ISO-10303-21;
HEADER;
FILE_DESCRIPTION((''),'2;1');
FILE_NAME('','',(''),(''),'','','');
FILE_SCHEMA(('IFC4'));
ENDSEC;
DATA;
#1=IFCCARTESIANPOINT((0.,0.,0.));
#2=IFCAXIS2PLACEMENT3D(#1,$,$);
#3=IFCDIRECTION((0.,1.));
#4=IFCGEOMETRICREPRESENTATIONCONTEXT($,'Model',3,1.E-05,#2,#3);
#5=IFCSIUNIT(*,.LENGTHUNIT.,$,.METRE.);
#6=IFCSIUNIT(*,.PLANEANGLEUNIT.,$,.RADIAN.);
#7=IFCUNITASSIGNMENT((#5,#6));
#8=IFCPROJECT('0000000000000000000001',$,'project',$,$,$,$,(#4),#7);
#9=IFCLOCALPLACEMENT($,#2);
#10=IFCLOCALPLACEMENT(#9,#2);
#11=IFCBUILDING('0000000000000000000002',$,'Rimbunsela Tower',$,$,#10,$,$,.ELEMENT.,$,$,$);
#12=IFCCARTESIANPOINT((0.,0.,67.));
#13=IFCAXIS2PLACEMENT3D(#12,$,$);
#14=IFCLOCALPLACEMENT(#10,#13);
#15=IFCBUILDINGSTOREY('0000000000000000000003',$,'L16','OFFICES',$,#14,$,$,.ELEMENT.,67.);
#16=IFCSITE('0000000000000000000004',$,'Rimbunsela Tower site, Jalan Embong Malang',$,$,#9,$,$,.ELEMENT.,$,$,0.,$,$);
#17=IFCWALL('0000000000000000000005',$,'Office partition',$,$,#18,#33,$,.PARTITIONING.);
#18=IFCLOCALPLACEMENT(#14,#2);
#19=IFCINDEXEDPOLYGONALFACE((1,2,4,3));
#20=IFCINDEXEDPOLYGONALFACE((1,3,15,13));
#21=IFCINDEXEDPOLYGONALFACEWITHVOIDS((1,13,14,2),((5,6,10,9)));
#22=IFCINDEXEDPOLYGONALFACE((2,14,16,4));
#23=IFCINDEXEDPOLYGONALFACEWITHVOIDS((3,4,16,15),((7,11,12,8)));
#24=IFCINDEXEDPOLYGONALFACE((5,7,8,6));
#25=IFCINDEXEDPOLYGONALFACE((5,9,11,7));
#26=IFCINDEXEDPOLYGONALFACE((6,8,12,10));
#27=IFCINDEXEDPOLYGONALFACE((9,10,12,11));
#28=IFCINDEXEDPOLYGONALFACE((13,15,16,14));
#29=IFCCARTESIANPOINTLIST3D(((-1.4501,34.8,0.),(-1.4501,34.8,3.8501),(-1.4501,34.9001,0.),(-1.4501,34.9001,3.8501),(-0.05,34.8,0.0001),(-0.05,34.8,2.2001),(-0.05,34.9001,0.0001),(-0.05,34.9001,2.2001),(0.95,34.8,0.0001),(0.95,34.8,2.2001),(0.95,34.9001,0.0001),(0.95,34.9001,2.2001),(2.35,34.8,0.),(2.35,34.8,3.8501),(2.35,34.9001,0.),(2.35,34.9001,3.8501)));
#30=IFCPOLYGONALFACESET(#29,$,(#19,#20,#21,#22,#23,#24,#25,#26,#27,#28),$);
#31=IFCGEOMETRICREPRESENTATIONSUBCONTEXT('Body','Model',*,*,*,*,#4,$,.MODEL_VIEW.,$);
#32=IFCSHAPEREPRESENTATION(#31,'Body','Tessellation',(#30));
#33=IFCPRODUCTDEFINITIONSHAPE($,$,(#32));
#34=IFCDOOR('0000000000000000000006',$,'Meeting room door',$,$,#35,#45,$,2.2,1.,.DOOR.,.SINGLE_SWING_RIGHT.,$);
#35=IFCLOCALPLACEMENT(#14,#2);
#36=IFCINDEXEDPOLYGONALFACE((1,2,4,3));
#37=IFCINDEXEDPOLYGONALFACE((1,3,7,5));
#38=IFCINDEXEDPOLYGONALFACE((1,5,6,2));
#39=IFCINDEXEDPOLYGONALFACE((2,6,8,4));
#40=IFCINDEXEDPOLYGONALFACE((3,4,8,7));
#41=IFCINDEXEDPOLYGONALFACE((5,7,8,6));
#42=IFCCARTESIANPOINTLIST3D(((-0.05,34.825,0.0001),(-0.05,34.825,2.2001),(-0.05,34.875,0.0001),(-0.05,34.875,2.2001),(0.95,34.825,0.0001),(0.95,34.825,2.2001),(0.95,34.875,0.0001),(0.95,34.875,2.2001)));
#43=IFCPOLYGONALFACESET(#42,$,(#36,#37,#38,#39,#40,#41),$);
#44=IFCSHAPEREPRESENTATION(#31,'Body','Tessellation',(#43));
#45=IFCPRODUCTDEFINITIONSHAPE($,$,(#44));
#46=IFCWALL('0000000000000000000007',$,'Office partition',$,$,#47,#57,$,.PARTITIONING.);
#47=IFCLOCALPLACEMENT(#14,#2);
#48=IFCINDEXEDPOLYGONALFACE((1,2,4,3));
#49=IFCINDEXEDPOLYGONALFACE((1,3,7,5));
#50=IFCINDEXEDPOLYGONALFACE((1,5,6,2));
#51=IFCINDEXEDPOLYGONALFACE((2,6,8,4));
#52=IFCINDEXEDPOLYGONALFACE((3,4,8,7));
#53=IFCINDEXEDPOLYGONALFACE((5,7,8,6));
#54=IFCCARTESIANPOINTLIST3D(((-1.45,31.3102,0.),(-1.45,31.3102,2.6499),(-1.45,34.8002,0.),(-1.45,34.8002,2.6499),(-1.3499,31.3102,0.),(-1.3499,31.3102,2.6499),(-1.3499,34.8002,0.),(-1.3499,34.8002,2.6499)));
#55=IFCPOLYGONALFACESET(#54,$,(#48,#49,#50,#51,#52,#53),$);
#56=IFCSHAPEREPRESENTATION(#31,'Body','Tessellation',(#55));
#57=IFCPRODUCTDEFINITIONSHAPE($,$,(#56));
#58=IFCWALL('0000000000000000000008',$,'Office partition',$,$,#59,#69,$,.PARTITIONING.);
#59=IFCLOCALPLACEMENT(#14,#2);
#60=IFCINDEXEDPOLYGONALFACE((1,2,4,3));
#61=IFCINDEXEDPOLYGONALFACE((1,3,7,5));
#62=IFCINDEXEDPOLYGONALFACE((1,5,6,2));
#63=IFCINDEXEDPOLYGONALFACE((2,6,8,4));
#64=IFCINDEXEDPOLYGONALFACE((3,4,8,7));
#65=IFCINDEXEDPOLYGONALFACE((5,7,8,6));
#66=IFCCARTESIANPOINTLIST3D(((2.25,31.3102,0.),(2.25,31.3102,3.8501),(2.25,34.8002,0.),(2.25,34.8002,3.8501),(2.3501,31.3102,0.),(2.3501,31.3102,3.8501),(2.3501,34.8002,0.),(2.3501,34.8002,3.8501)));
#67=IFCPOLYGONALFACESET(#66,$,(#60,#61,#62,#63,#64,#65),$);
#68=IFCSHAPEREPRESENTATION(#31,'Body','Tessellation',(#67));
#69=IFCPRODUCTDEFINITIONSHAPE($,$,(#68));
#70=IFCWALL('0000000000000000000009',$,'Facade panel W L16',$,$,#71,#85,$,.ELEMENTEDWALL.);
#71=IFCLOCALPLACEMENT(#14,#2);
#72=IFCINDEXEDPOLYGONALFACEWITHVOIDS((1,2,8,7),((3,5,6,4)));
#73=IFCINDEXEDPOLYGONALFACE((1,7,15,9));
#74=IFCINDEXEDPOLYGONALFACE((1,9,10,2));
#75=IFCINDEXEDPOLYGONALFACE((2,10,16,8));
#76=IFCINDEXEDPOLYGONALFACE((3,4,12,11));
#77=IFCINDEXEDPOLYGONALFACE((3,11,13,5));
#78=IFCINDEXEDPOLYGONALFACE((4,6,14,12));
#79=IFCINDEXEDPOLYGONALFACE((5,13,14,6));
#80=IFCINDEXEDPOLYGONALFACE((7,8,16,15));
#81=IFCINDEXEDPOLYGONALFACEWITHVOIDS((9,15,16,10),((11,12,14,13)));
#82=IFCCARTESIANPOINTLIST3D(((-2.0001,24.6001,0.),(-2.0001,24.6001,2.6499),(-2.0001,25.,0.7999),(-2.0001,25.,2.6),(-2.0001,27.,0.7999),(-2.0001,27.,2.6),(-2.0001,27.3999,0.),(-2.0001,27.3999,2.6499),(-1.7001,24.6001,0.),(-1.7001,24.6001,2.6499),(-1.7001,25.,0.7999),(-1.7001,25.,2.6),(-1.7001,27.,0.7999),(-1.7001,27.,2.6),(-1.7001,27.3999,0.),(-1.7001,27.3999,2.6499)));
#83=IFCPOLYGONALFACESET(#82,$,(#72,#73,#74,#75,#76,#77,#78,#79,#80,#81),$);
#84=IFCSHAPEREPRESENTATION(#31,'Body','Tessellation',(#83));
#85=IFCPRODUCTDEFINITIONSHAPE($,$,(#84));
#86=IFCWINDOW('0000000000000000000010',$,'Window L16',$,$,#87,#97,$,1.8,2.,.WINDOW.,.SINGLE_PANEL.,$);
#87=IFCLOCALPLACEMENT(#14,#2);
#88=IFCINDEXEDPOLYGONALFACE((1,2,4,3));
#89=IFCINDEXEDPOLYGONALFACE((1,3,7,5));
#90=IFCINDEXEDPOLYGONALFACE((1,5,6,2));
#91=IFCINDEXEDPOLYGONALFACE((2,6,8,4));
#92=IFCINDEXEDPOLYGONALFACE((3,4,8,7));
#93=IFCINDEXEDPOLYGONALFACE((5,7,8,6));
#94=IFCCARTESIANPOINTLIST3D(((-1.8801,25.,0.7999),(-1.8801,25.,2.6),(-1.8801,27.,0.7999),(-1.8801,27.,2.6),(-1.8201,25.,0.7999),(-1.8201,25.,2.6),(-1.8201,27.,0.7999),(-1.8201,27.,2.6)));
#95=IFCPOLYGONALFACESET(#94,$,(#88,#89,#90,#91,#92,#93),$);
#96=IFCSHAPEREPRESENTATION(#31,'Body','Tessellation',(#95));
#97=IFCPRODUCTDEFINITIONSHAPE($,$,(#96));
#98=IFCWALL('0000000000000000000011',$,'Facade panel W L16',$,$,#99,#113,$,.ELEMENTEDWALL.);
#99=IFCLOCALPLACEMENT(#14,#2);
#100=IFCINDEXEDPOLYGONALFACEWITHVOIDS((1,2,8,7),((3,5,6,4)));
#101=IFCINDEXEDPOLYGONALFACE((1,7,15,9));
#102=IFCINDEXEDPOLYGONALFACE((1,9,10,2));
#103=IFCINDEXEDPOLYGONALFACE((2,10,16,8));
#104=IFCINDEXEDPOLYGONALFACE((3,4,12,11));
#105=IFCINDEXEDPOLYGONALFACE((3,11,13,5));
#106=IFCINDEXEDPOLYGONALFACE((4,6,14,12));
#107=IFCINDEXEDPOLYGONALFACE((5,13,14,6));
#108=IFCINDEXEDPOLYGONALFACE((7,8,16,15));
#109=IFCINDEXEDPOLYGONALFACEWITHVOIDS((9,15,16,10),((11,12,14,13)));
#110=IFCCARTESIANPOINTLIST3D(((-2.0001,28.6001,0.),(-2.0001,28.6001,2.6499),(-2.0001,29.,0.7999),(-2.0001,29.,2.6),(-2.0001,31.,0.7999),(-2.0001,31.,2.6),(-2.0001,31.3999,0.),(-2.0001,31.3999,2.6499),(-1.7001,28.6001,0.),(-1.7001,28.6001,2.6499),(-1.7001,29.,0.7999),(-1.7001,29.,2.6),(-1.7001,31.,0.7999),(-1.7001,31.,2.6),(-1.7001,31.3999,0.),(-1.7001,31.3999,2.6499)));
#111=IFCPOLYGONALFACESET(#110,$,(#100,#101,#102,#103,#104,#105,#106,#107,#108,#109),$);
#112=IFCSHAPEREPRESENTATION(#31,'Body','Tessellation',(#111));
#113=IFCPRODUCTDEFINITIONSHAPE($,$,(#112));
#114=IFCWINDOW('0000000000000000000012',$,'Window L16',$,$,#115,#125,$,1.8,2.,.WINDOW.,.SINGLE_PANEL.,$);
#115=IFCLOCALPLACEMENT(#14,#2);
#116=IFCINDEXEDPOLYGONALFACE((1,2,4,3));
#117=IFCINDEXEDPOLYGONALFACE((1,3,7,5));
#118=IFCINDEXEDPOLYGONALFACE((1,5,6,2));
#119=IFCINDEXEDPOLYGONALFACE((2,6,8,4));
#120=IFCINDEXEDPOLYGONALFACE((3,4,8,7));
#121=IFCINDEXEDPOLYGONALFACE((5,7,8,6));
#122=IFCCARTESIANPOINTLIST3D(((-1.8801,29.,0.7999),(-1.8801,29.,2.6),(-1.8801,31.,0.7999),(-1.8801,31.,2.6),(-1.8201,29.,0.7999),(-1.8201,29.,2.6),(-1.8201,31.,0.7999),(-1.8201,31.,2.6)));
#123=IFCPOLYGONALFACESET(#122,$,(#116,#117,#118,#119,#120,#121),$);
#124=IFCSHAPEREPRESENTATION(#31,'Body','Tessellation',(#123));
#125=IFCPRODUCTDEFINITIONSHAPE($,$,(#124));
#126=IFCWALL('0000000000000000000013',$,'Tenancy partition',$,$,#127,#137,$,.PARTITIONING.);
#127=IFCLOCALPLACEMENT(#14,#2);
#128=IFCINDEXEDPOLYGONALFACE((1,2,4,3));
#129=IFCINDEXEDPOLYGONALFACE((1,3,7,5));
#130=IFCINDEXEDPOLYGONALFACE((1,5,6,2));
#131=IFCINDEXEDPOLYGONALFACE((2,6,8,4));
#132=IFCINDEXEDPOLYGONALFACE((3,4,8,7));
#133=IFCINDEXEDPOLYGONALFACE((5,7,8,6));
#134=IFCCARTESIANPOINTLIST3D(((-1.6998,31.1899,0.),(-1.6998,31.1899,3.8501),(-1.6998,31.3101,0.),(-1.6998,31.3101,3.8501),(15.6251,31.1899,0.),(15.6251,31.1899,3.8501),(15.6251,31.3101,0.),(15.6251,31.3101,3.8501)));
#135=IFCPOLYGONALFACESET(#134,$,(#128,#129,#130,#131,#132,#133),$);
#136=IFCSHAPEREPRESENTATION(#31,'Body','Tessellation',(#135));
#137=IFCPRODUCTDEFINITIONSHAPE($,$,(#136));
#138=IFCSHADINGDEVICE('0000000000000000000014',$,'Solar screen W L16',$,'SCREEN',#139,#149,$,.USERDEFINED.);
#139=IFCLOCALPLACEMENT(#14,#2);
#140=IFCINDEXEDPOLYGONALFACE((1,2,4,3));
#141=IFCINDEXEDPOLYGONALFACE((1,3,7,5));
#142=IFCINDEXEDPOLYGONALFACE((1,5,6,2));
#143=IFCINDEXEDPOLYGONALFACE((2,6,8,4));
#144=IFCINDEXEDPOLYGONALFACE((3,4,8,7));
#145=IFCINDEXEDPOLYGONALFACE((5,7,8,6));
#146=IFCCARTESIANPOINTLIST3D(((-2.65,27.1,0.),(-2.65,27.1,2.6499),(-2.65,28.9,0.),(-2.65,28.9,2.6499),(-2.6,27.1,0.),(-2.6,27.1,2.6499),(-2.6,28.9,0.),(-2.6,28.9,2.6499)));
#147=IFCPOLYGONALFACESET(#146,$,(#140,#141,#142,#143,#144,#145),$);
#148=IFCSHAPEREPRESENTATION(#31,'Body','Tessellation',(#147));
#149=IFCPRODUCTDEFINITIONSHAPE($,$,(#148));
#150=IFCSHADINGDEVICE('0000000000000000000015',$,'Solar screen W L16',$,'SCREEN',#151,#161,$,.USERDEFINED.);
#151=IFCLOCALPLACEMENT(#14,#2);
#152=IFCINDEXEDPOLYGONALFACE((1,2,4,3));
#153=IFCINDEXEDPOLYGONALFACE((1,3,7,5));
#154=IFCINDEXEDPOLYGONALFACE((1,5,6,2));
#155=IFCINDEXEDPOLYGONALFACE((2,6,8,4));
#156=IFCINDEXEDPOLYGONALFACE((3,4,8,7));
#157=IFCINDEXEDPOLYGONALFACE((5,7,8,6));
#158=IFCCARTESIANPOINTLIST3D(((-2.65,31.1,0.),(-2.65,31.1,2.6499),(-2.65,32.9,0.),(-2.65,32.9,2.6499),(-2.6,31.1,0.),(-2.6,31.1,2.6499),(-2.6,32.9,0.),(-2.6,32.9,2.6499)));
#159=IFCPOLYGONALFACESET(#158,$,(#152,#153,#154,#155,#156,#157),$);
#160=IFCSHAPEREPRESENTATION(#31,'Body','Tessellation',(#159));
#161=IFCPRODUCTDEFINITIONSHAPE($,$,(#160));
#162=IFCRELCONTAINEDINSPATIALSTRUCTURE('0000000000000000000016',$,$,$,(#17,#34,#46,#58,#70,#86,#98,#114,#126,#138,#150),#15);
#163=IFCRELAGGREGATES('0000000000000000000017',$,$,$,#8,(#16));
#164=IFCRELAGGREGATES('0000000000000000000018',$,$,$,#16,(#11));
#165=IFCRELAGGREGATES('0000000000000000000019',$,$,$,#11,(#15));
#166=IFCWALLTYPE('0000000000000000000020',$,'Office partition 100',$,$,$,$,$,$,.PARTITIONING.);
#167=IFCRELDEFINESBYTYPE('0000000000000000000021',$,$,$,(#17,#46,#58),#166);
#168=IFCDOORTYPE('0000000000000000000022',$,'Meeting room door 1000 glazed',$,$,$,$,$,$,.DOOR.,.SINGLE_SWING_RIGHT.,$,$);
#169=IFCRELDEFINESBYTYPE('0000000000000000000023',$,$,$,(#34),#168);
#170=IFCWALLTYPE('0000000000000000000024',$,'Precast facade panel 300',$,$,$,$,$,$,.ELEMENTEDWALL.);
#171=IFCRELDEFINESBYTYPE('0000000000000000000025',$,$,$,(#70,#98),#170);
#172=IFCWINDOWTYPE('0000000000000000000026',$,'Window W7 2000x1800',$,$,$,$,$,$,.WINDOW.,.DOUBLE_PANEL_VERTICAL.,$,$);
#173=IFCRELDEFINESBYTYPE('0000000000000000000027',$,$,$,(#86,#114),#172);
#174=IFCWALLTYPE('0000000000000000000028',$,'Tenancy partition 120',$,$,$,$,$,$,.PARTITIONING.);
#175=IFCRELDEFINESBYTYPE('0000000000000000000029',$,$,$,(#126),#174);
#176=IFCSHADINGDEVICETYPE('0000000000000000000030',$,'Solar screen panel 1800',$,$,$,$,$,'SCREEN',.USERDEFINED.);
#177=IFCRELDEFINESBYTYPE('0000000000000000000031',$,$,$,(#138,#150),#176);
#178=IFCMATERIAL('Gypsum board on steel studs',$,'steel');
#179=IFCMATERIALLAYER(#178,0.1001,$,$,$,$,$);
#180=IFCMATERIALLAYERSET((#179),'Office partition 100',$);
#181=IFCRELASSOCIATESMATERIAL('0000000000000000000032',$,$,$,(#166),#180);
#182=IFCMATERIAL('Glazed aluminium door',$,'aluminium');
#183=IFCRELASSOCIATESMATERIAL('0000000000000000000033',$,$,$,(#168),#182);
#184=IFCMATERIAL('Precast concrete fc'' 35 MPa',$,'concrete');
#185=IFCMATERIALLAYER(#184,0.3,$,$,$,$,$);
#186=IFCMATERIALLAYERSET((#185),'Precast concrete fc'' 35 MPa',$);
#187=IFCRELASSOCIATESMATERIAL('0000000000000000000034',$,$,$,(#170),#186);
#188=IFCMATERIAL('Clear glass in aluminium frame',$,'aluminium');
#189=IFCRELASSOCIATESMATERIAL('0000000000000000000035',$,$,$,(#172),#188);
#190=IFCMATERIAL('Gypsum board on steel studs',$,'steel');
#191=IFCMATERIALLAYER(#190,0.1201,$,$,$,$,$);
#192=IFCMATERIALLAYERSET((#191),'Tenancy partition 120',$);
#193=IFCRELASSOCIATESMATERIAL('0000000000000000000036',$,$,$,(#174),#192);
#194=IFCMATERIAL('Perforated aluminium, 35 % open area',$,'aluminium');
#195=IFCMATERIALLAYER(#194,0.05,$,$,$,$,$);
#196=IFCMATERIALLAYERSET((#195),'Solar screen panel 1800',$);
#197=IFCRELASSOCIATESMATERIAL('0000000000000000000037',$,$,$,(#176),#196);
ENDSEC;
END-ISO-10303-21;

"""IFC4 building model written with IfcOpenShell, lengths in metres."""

from ifc_helpers import new_model, si_unit, direction, frame, frame_2d, origin, origin_2d, place, context, subcontext, project, spatial, rectangle, extrude, material, layer, layer_set, type_object, element, fill, save


model = new_model("IFC4")

# Units and contexts
model_context = context("Model", 3, precision=1e-05, world=origin(), true_north=direction((0.0, 1.0)))
body_context = subcontext(model_context, "Body", "Model", "MODEL_VIEW")
ifc_project = project(units=[si_unit("LENGTHUNIT", "METRE"), si_unit("PLANEANGLEUNIT", "RADIAN")], contexts=[model_context])

# Site, building, storey
site_placement = place(None, origin())
site = spatial("IfcSite", under=ifc_project, at=site_placement, Name="Rimbunsela Tower site, Jalan Embong Malang", CompositionType="ELEMENT", RefElevation=0.0)
building_placement = place(site_placement, origin())
building = spatial("IfcBuilding", under=site, at=building_placement, Name="Rimbunsela Tower", CompositionType="ELEMENT")
storey_placement = place(building_placement, frame((0.0, 0.0, 67.0)))
storey = spatial("IfcBuildingStorey", under=building, at=storey_placement, Name="L16", Description="OFFICES", CompositionType="ELEMENT", Elevation=67.0)

# Wall, opening, door
ifc_material_1 = material(Name="Gypsum board on steel studs", Category="steel")
ifc_layer_1 = layer(ifc_material_1, 0.1001)
ifc_layer_set_1 = layer_set([ifc_layer_1], Name="Office partition 100")
wall_type_1 = type_object("IfcWallType", Name="Office partition 100", PredefinedType="PARTITIONING", material=ifc_layer_set_1)
wall_1_placement = place(storey_placement, frame((-1.45, 34.8501, 0.0), z_axis=(0.0, 0.0, 1.0), x_axis=(1.0, 0.0, 0.0)))
wall_1 = element("IfcWall", 1, at=wall_1_placement, inside=storey, type_object=wall_type_1, Name="Office partition", PredefinedType="PARTITIONING", context=body_context, shape_type="SweptSolid", body=[
    extrude(rectangle(XDim=3.8, YDim=0.1001, at=frame_2d((1.8999, 0.0))), origin(), (0.0, 0.0, 1.0), 3.8501),
])
opening_1_placement = place(wall_1_placement, frame((1.3999, 0.0, 0.0)))
opening_1 = element("IfcOpeningElement", 2, at=opening_1_placement, cuts=wall_1, PredefinedType="OPENING", context=body_context, shape_type="SweptSolid", body=[
    extrude(rectangle(XDim=1.0, YDim=2.2, at=frame_2d((0.5, 1.1001))), frame((0.0, 0.0601, 0.0), z_axis=(0.0, -1.0, 0.0), x_axis=(1.0, 0.0, 0.0)), (0.0, 0.0, 1.0), 0.1201),
])
ifc_material_2 = material(Name="Glazed aluminium door", Category="aluminium")
door_type = type_object("IfcDoorType", Name="Meeting room door 1000 glazed", OperationType="SINGLE_SWING_RIGHT", PredefinedType="DOOR", material=ifc_material_2)
door_placement = place(opening_1_placement, origin())
door = element("IfcDoor", 3, at=door_placement, inside=storey, type_object=door_type, Name="Meeting room door", OperationType="SINGLE_SWING_RIGHT", OverallHeight=2.2, OverallWidth=1.0, PredefinedType="DOOR", context=body_context, shape_type="SweptSolid", body=[
    extrude(rectangle(XDim=1.0, YDim=2.2, at=frame_2d((0.5, 1.1001))), frame((0.0, 0.0249, 0.0), z_axis=(0.0, -1.0, 0.0), x_axis=(1.0, 0.0, 0.0)), (0.0, 0.0, 1.0), 0.05),
])
fill(opening_1, door)

# Walls
wall_2_placement = place(storey_placement, frame((-1.3999, 31.3101, 0.0), z_axis=(0.0, 0.0, 1.0), x_axis=(0.0, 1.0, 0.0)))
element("IfcWall", 4, at=wall_2_placement, inside=storey, type_object=wall_type_1, Name="Office partition", PredefinedType="PARTITIONING", context=body_context, shape_type="SweptSolid", body=[
    extrude(rectangle(XDim=3.49, YDim=0.1001, at=frame_2d((1.7451, 0.0))), origin(), (0.0, 0.0, 1.0), 2.6499),
])
wall_3_placement = place(storey_placement, frame((2.3, 31.3101, 0.0), z_axis=(0.0, 0.0, 1.0), x_axis=(0.0, 1.0, 0.0)))
element("IfcWall", 5, at=wall_3_placement, inside=storey, type_object=wall_type_1, Name="Office partition", PredefinedType="PARTITIONING", context=body_context, shape_type="SweptSolid", body=[
    extrude(rectangle(XDim=3.49, YDim=0.1001, at=frame_2d((1.7451, 0.0))), origin(), (0.0, 0.0, 1.0), 3.8501),
])

# Walls, openings, windows
ifc_material_3 = material(Name="Precast concrete fc' 35 MPa", Category="concrete")
ifc_layer_2 = layer(ifc_material_3, 0.3)
ifc_layer_set_2 = layer_set([ifc_layer_2], Name="Precast concrete fc' 35 MPa")
wall_type_2 = type_object("IfcWallType", Name="Precast facade panel 300", PredefinedType="ELEMENTEDWALL", material=ifc_layer_set_2)
wall_4_placement = place(storey_placement, frame((-1.8501, 27.3999, 0.0), z_axis=(0.0, 0.0, 1.0), x_axis=(0.0, -1.0, 0.0)))
wall_4 = element("IfcWall", 6, at=wall_4_placement, inside=storey, type_object=wall_type_2, Name="Facade panel W L16", PredefinedType="ELEMENTEDWALL", context=body_context, shape_type="SweptSolid", body=[
    extrude(rectangle(XDim=2.7998, YDim=0.3, at=frame_2d((1.3999, 0.0))), origin(), (0.0, 0.0, 1.0), 2.6499),
])
opening_2_placement = place(wall_4_placement, frame((0.3999, 0.0, 0.8)))
opening_2 = element("IfcOpeningElement", 7, at=opening_2_placement, cuts=wall_4, PredefinedType="OPENING", context=body_context, shape_type="SweptSolid", body=[
    extrude(rectangle(XDim=2.0, YDim=1.8, at=frame_2d((1.0, 0.8999))), frame((0.0, 0.1599, 0.0), z_axis=(0.0, -1.0, 0.0), x_axis=(1.0, 0.0, 0.0)), (0.0, 0.0, 1.0), 0.3201),
])
ifc_material_4 = material(Name="Clear glass in aluminium frame", Category="aluminium")
window_type = type_object("IfcWindowType", Name="Window W7 2000x1800", PartitioningType="DOUBLE_PANEL_VERTICAL", PredefinedType="WINDOW", material=ifc_material_4)
window_1_placement = place(opening_2_placement, origin())
window_1 = element("IfcWindow", 8, at=window_1_placement, inside=storey, type_object=window_type, Name="Window L16", OverallHeight=1.8, OverallWidth=2.0, PartitioningType="SINGLE_PANEL", PredefinedType="WINDOW", context=body_context, shape_type="SweptSolid", body=[
    extrude(rectangle(XDim=2.0, YDim=1.8, at=frame_2d((1.0, 0.8999))), frame((0.0, 0.03, 0.0), z_axis=(0.0, -1.0, 0.0), x_axis=(1.0, 0.0, 0.0)), (0.0, 0.0, 1.0), 0.0601),
])
fill(opening_2, window_1)
wall_5_placement = place(storey_placement, frame((-1.8501, 31.3999, 0.0), z_axis=(0.0, 0.0, 1.0), x_axis=(0.0, -1.0, 0.0)))
wall_5 = element("IfcWall", 9, at=wall_5_placement, inside=storey, type_object=wall_type_2, Name="Facade panel W L16", PredefinedType="ELEMENTEDWALL", context=body_context, shape_type="SweptSolid", body=[
    extrude(rectangle(XDim=2.7998, YDim=0.3, at=frame_2d((1.3999, 0.0))), origin(), (0.0, 0.0, 1.0), 2.6499),
])
opening_3_placement = place(wall_5_placement, frame((0.3999, 0.0, 0.8)))
opening_3 = element("IfcOpeningElement", 10, at=opening_3_placement, cuts=wall_5, PredefinedType="OPENING", context=body_context, shape_type="SweptSolid", body=[
    extrude(rectangle(XDim=2.0, YDim=1.8, at=frame_2d((1.0, 0.8999))), frame((0.0, 0.1599, 0.0), z_axis=(0.0, -1.0, 0.0), x_axis=(1.0, 0.0, 0.0)), (0.0, 0.0, 1.0), 0.3201),
])
window_2_placement = place(opening_3_placement, origin())
window_2 = element("IfcWindow", 11, at=window_2_placement, inside=storey, type_object=window_type, Name="Window L16", OverallHeight=1.8, OverallWidth=2.0, PartitioningType="SINGLE_PANEL", PredefinedType="WINDOW", context=body_context, shape_type="SweptSolid", body=[
    extrude(rectangle(XDim=2.0, YDim=1.8, at=frame_2d((1.0, 0.8999))), frame((0.0, 0.03, 0.0), z_axis=(0.0, -1.0, 0.0), x_axis=(1.0, 0.0, 0.0)), (0.0, 0.0, 1.0), 0.0601),
])
fill(opening_3, window_2)

# Wall
ifc_material_5 = material(Name="Gypsum board on steel studs", Category="steel")
ifc_layer_3 = layer(ifc_material_5, 0.1201)
ifc_layer_set_3 = layer_set([ifc_layer_3], Name="Tenancy partition 120")
wall_type_3 = type_object("IfcWallType", Name="Tenancy partition 120", PredefinedType="PARTITIONING", material=ifc_layer_set_3)
wall_6_placement = place(storey_placement, frame((-1.7, 31.25, 0.0), z_axis=(0.0, 0.0, 1.0), x_axis=(1.0, 0.0, 0.0)))
element("IfcWall", 12, at=wall_6_placement, inside=storey, type_object=wall_type_3, Name="Tenancy partition", PredefinedType="PARTITIONING", context=body_context, shape_type="SweptSolid", body=[
    extrude(rectangle(XDim=17.325, YDim=0.1201, at=frame_2d((8.6626, 0.0))), origin(), (0.0, 0.0, 1.0), 3.8501),
])

# Shading devices
ifc_material_6 = material(Name="Perforated aluminium, 35 % open area", Category="aluminium")
ifc_layer_4 = layer(ifc_material_6, 0.05)
ifc_layer_set_4 = layer_set([ifc_layer_4], Name="Solar screen panel 1800")
shading_device_type = type_object("IfcShadingDeviceType", Name="Solar screen panel 1800", ElementType="SCREEN", PredefinedType="USERDEFINED", material=ifc_layer_set_4)
for number, where, z_axis, x_axis, name in (
    (13, (-2.625, 28.0, 0.0), (0.0, 0.0, 1.0), (0.0, 1.0, 0.0), "Solar screen W L16"),
    (14, (-2.625, 32.0, 0.0), (0.0, 0.0, 1.0), (0.0, 1.0, 0.0), "Solar screen W L16"),
):
    element("IfcShadingDevice", number, at=place(storey_placement, frame(where, z_axis=z_axis, x_axis=x_axis)), inside=storey, type_object=shading_device_type, Name=name, ObjectType="SCREEN", PredefinedType="USERDEFINED", context=body_context, shape_type="SweptSolid", body=[
        extrude(rectangle(XDim=1.8, YDim=0.05, at=origin_2d()), origin(), (0.0, 0.0, 1.0), 2.6499),
    ])

save(model, "model.ifc")
